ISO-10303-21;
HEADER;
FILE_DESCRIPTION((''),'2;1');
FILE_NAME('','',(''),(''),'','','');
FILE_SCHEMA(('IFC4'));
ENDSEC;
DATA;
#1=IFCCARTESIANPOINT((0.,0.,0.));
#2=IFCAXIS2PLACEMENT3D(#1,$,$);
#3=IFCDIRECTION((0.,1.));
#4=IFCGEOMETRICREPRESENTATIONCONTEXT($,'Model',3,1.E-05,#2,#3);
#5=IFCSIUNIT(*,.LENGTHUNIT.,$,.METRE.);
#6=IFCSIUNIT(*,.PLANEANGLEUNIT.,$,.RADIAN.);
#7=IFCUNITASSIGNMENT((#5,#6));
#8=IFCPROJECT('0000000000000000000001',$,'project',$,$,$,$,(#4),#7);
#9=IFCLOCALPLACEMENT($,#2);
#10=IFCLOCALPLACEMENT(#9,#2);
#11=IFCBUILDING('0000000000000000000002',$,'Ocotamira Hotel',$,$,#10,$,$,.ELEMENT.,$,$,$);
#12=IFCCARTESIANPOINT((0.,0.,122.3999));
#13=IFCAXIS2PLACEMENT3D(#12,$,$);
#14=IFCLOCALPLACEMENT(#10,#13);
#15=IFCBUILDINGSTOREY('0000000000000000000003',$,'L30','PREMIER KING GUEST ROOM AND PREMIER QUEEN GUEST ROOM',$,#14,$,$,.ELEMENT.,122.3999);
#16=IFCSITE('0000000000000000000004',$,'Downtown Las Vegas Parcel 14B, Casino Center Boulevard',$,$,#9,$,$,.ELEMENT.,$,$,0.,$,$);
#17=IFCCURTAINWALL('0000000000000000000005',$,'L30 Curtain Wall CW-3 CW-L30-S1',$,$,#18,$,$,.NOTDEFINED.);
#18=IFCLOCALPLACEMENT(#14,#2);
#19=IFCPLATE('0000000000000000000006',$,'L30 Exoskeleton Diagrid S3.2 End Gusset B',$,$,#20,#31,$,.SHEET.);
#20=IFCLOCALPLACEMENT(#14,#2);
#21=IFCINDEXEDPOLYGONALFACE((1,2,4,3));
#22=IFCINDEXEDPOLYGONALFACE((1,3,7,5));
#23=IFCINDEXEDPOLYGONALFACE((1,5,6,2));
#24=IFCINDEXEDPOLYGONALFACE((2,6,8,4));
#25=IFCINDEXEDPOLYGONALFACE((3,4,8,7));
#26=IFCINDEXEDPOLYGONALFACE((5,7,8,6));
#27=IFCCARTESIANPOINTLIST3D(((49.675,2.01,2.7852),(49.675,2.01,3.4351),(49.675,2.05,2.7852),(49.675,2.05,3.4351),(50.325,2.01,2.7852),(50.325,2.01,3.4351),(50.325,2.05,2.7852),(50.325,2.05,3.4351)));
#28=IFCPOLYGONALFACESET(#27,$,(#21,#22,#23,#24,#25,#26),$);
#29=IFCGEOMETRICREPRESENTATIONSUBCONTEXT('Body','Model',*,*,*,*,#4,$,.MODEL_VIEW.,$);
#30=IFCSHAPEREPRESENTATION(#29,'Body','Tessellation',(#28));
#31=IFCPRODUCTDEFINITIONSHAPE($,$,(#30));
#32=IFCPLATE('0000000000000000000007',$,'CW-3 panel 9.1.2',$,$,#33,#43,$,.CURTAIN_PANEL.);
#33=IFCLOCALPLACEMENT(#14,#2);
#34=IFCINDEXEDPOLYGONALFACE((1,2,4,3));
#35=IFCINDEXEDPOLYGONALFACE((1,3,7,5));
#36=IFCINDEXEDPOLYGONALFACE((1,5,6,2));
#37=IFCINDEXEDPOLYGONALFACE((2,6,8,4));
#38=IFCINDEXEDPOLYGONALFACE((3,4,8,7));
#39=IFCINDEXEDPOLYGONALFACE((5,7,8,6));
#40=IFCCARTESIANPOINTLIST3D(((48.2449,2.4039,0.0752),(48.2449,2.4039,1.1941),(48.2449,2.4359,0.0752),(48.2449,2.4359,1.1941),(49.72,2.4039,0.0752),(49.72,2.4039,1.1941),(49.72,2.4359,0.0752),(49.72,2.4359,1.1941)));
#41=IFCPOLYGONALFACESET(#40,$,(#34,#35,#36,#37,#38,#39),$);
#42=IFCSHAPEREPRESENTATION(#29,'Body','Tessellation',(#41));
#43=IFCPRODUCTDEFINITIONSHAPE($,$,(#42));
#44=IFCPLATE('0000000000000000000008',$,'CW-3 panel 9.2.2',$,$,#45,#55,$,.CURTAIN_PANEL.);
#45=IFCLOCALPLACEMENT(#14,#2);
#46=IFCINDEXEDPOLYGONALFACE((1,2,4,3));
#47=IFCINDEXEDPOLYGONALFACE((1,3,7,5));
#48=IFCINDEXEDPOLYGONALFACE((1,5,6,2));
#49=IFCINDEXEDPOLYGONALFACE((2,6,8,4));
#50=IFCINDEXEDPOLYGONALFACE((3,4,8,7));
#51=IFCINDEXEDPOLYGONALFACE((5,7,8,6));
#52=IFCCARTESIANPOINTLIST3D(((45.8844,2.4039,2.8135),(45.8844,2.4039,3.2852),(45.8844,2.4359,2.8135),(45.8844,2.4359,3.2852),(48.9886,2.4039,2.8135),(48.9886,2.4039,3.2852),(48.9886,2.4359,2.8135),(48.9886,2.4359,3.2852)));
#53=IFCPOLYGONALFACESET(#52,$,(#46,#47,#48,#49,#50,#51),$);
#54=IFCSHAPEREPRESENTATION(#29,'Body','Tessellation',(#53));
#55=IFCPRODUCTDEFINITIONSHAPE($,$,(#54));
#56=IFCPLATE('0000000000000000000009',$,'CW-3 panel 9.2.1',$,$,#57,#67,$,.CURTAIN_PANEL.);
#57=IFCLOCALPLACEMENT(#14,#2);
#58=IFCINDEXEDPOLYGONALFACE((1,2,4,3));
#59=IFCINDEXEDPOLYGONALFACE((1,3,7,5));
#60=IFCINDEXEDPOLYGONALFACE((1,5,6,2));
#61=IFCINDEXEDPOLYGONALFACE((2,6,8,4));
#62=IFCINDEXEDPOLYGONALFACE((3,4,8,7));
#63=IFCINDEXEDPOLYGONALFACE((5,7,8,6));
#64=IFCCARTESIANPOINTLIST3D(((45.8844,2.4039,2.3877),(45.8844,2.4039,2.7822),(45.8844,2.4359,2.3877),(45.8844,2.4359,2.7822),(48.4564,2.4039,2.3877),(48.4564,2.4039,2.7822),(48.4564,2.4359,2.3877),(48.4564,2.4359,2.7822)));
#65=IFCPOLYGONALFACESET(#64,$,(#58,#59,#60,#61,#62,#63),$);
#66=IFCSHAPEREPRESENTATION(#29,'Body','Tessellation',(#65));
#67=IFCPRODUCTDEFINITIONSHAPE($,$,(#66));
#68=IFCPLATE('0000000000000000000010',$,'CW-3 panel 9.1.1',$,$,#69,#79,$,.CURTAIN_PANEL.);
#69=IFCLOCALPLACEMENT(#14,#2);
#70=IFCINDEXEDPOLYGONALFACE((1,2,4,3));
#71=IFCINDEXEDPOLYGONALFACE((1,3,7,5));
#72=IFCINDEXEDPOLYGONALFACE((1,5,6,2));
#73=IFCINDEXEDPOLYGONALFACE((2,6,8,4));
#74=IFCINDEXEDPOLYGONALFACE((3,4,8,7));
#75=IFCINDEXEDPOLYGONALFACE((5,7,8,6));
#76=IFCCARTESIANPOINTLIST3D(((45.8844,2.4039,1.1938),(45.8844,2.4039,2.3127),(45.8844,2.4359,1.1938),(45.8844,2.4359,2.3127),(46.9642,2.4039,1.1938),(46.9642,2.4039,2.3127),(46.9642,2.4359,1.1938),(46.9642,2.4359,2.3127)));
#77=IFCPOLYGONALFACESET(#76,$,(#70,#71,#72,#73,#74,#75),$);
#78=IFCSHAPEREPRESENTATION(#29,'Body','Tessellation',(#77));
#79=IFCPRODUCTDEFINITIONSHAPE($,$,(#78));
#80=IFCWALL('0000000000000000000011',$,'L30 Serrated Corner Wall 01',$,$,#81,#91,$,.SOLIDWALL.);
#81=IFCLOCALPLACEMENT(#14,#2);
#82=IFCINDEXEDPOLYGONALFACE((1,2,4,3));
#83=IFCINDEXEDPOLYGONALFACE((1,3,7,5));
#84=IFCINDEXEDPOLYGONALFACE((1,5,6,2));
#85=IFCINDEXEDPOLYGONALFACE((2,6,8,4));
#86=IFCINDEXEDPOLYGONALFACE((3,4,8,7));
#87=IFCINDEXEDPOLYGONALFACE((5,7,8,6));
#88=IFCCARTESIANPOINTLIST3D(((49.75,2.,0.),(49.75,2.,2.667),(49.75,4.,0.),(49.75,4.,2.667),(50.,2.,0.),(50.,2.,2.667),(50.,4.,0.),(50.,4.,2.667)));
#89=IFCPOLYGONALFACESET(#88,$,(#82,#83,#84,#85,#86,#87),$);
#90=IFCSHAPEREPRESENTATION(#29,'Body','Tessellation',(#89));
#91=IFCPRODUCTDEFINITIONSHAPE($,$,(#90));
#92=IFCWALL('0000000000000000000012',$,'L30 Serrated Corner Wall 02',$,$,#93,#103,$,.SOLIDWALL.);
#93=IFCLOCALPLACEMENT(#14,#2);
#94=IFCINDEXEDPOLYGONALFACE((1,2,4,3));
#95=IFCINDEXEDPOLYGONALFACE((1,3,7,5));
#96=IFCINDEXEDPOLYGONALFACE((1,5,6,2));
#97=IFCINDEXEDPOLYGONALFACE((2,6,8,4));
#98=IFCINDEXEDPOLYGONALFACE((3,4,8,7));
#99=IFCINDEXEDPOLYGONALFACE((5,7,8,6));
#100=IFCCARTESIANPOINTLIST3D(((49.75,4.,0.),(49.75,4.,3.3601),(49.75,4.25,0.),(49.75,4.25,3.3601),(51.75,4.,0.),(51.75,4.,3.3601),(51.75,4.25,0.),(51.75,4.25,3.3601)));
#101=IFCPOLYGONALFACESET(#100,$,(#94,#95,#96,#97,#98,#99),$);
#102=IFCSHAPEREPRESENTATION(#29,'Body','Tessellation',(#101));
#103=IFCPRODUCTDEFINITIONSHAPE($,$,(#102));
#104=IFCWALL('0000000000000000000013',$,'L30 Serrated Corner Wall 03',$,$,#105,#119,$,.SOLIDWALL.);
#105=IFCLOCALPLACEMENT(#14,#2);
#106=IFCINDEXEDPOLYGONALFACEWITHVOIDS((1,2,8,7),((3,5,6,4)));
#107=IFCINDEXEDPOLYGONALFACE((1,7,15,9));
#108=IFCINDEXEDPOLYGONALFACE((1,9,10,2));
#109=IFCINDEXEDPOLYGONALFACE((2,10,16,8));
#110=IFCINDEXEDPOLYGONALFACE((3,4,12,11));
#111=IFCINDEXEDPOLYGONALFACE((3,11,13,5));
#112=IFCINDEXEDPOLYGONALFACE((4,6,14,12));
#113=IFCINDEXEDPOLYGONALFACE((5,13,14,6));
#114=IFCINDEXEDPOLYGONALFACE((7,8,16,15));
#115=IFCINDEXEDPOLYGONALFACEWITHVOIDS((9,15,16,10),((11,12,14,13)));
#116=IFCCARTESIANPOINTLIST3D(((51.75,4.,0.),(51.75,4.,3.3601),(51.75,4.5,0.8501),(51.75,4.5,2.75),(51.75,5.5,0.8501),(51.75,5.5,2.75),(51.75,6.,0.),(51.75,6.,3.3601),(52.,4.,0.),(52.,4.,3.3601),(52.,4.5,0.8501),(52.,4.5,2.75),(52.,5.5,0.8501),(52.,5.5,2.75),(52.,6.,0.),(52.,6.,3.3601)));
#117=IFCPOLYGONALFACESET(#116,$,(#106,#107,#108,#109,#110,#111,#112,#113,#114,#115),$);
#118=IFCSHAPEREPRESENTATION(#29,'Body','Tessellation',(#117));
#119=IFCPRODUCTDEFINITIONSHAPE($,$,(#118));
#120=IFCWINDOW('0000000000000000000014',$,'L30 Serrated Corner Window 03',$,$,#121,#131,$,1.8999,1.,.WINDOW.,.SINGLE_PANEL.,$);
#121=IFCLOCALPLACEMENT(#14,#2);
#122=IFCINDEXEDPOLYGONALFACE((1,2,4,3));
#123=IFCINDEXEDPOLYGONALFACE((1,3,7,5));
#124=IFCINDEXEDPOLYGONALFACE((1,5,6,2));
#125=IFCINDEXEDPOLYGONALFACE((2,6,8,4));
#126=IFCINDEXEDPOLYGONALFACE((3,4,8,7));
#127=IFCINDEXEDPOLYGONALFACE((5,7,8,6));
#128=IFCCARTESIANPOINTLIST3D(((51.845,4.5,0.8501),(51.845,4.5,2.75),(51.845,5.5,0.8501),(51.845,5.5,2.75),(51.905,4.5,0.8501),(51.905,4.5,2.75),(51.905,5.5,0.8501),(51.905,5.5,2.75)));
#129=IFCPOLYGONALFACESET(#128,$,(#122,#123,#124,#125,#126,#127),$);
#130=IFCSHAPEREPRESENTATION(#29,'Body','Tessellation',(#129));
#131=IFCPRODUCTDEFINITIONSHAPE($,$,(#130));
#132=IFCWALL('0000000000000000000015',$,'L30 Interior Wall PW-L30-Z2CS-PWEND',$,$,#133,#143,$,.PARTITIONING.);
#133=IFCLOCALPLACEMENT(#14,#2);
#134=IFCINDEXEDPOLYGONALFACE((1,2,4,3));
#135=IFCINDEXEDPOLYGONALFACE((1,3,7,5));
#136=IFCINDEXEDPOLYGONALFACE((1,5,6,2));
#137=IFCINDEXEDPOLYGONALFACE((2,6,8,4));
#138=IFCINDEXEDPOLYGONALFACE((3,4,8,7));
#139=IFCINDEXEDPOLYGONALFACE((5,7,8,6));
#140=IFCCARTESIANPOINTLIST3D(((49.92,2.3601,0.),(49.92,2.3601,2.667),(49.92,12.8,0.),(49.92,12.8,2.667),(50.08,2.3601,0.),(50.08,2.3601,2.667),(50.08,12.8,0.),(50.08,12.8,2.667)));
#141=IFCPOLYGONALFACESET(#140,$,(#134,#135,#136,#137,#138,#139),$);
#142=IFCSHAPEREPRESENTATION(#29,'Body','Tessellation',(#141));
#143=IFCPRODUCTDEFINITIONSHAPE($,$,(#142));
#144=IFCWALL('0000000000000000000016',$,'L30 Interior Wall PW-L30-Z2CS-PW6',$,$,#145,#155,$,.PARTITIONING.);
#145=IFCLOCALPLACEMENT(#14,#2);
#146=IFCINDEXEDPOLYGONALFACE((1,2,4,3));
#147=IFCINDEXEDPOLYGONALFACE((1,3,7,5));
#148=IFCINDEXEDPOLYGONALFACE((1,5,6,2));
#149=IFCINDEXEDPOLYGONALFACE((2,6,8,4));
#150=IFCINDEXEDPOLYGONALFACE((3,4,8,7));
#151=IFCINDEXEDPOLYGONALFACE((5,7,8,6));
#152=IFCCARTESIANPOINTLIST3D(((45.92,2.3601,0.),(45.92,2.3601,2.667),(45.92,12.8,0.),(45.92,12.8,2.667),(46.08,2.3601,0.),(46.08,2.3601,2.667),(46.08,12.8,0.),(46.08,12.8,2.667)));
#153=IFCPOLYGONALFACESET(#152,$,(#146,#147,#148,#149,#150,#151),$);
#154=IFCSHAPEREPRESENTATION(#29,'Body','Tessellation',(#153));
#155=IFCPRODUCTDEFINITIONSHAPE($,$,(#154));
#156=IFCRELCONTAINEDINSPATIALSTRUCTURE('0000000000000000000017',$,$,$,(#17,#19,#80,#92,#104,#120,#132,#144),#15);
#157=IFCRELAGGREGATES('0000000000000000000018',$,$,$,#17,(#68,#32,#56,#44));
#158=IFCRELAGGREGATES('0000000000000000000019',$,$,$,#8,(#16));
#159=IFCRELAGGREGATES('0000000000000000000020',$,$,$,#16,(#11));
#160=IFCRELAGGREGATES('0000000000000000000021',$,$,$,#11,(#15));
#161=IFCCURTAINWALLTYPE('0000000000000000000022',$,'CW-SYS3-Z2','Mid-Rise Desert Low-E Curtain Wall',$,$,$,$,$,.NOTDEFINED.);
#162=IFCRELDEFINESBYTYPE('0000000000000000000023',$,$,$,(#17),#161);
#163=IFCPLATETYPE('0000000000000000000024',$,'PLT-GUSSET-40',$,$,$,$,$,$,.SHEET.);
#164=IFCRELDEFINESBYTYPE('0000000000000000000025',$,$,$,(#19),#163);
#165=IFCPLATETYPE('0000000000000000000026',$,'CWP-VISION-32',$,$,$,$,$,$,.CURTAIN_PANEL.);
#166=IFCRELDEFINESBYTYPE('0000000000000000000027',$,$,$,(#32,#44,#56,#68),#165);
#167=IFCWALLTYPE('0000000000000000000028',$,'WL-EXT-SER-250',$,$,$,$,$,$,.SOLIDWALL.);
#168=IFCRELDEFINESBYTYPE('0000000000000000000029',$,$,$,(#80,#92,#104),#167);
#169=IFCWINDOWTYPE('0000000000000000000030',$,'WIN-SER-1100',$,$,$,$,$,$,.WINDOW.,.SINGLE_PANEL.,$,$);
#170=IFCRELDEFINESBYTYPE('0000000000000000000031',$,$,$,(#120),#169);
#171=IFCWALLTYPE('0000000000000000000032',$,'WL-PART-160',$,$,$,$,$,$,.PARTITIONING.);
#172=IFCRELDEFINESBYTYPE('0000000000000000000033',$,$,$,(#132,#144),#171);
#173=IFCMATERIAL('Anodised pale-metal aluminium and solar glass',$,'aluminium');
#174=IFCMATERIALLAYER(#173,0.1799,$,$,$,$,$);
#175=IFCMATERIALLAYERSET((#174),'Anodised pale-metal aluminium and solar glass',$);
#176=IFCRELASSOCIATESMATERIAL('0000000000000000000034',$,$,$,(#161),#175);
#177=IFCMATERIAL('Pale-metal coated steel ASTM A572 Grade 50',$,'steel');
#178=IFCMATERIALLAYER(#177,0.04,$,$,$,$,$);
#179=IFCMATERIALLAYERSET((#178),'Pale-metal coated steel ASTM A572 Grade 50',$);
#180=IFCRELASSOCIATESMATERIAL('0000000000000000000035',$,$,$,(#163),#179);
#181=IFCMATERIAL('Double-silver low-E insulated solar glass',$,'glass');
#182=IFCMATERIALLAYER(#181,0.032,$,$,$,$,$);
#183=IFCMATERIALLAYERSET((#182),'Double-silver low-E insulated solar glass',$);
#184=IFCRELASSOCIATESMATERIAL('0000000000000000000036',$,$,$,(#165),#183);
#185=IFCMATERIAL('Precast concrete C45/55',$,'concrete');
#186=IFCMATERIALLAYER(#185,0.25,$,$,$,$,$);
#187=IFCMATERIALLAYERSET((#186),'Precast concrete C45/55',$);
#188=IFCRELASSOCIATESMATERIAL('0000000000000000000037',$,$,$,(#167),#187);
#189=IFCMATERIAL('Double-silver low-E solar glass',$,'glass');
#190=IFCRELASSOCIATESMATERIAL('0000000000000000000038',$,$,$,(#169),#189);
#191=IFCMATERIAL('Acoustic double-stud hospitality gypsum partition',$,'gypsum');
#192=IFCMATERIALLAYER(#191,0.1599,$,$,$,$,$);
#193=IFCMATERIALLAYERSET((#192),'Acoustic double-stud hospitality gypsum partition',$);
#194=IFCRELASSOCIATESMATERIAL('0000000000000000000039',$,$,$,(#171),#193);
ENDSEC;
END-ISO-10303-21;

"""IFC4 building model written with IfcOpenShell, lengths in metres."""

from ifc_helpers import new_model, si_unit, direction, frame, frame_2d, origin, origin_2d, place, context, subcontext, project, spatial, rectangle, extrude, source, transform, mapped, material, layer, layer_set, type_object, element, fill, aggregate, save


model = new_model("IFC4")

# Units and contexts
model_context = context("Model", 3, precision=1e-05, world=origin(), true_north=direction((0.0, 1.0)))
body_context = subcontext(model_context, "Body", "Model", "MODEL_VIEW")
ifc_project = project(units=[si_unit("LENGTHUNIT", "METRE"), si_unit("PLANEANGLEUNIT", "RADIAN")], contexts=[model_context])

# Site, building, storey
site_placement = place(None, origin())
site = spatial("IfcSite", under=ifc_project, at=site_placement, Name="Downtown Las Vegas Parcel 14B, Casino Center Boulevard", CompositionType="ELEMENT", RefElevation=0.0)
building_placement = place(site_placement, origin())
building = spatial("IfcBuilding", under=site, at=building_placement, Name="Ocotamira Hotel", CompositionType="ELEMENT")
storey_placement = place(building_placement, frame((0.0, 0.0, 122.3999)))
storey = spatial("IfcBuildingStorey", under=building, at=storey_placement, Name="L30", Description="PREMIER KING GUEST ROOM AND PREMIER QUEEN GUEST ROOM", CompositionType="ELEMENT", Elevation=122.3999)

# Curtain wall
ifc_material_1 = material(Name="Anodised pale-metal aluminium and solar glass", Category="aluminium")
ifc_layer_1 = layer(ifc_material_1, 0.1799)
ifc_layer_set_1 = layer_set([ifc_layer_1], Name="Anodised pale-metal aluminium and solar glass")
curtain_wall_type = type_object("IfcCurtainWallType", Name="CW-SYS3-Z2", Description="Mid-Rise Desert Low-E Curtain Wall", PredefinedType="NOTDEFINED", material=ifc_layer_set_1)
curtain_wall_placement = place(storey_placement, origin())
curtain_wall = element("IfcCurtainWall", 1, at=curtain_wall_placement, inside=storey, type_object=curtain_wall_type, Name="L30 Curtain Wall CW-3 CW-L30-S1", PredefinedType="NOTDEFINED")

# Plates
ifc_material_2 = material(Name="Pale-metal coated steel ASTM A572 Grade 50", Category="steel")
ifc_layer_2 = layer(ifc_material_2, 0.04)
ifc_layer_set_2 = layer_set([ifc_layer_2], Name="Pale-metal coated steel ASTM A572 Grade 50")
plate_type_1 = type_object("IfcPlateType", Name="PLT-GUSSET-40", PredefinedType="SHEET", material=ifc_layer_set_2)
shared_shape_1 = source(origin(), body_context, "Body", "SweptSolid", [
    extrude(rectangle(XDim=0.6499, YDim=0.04, at=origin_2d()), origin(), (0.0, 0.0, 1.0), 0.6499),
])
plate_1_placement = place(storey_placement, frame((50.0, 2.03, 2.7852), z_axis=(0.0, 0.0, 1.0), x_axis=(1.0, 0.0, 0.0)))
element("IfcPlate", 2, at=plate_1_placement, inside=storey, type_object=plate_type_1, Name="L30 Exoskeleton Diagrid S3.2 End Gusset B", PredefinedType="SHEET", context=body_context, shape_type="MappedRepresentation", body=[
    mapped(shared_shape_1, transform((0.0, 0.0, 0.0), scale=1.0)),
])
ifc_material_3 = material(Name="Double-silver low-E insulated solar glass", Category="glass")
ifc_layer_3 = layer(ifc_material_3, 0.032)
ifc_layer_set_3 = layer_set([ifc_layer_3], Name="Double-silver low-E insulated solar glass")
plate_type_2 = type_object("IfcPlateType", Name="CWP-VISION-32", PredefinedType="CURTAIN_PANEL", material=ifc_layer_set_3)
shared_shape_2 = source(origin(), body_context, "Body", "SweptSolid", [
    extrude(rectangle(XDim=1.4751, YDim=0.032, at=origin_2d()), origin(), (0.0, 0.0, 1.0), 1.1189),
])
plate_2_placement = place(storey_placement, frame((48.9824, 2.4199, 0.0752), z_axis=(0.0, 0.0, 1.0), x_axis=(1.0, 0.0, 0.0)))
plate_2 = element("IfcPlate", 3, at=plate_2_placement, type_object=plate_type_2, Name="CW-3 panel 9.1.2", PredefinedType="CURTAIN_PANEL", context=body_context, shape_type="MappedRepresentation", body=[
    mapped(shared_shape_2, transform((0.0, 0.0, 0.0), scale=1.0)),
])
shared_shape_3 = source(origin(), body_context, "Body", "SweptSolid", [
    extrude(rectangle(XDim=3.1042, YDim=0.032, at=origin_2d()), origin(), (0.0, 0.0, 1.0), 0.4717),
])
plate_3_placement = place(storey_placement, frame((47.4365, 2.4199, 2.8135), z_axis=(0.0, 0.0, 1.0), x_axis=(1.0, 0.0, 0.0)))
plate_3 = element("IfcPlate", 4, at=plate_3_placement, type_object=plate_type_2, Name="CW-3 panel 9.2.2", PredefinedType="CURTAIN_PANEL", context=body_context, shape_type="MappedRepresentation", body=[
    mapped(shared_shape_3, transform((0.0, 0.0, 0.0), scale=1.0)),
])
shared_shape_4 = source(origin(), body_context, "Body", "SweptSolid", [
    extrude(rectangle(XDim=2.572, YDim=0.032, at=origin_2d()), origin(), (0.0, 0.0, 1.0), 0.3945),
])
plate_4_placement = place(storey_placement, frame((47.1704, 2.4199, 2.3877), z_axis=(0.0, 0.0, 1.0), x_axis=(1.0, 0.0, 0.0)))
plate_4 = element("IfcPlate", 5, at=plate_4_placement, type_object=plate_type_2, Name="CW-3 panel 9.2.1", PredefinedType="CURTAIN_PANEL", context=body_context, shape_type="MappedRepresentation", body=[
    mapped(shared_shape_4, transform((0.0, 0.0, 0.0), scale=1.0)),
])
shared_shape_5 = source(origin(), body_context, "Body", "SweptSolid", [
    extrude(rectangle(XDim=1.0798, YDim=0.032, at=origin_2d()), origin(), (0.0, 0.0, 1.0), 1.1189),
])
plate_5_placement = place(storey_placement, frame((46.4243, 2.4199, 1.1938), z_axis=(0.0, 0.0, 1.0), x_axis=(1.0, 0.0, 0.0)))
plate_5 = element("IfcPlate", 6, at=plate_5_placement, type_object=plate_type_2, Name="CW-3 panel 9.1.1", PredefinedType="CURTAIN_PANEL", context=body_context, shape_type="MappedRepresentation", body=[
    mapped(shared_shape_5, transform((0.0, 0.0, 0.0), scale=1.0)),
])
aggregate(curtain_wall, [plate_5, plate_2, plate_4, plate_3])

# Walls
ifc_material_4 = material(Name="Precast concrete C45/55", Category="concrete")
ifc_layer_4 = layer(ifc_material_4, 0.25)
ifc_layer_set_4 = layer_set([ifc_layer_4], Name="Precast concrete C45/55")
wall_type_1 = type_object("IfcWallType", Name="WL-EXT-SER-250", PredefinedType="SOLIDWALL", material=ifc_layer_set_4)
wall_1_placement = place(storey_placement, frame((49.875, 2.0, 0.0), z_axis=(0.0, 0.0, 1.0), x_axis=(0.0, 1.0, 0.0)))
element("IfcWall", 7, at=wall_1_placement, inside=storey, type_object=wall_type_1, Name="L30 Serrated Corner Wall 01", PredefinedType="SOLIDWALL", context=body_context, shape_type="SweptSolid", body=[
    extrude(rectangle(XDim=2.0, YDim=0.25, at=frame_2d((1.0, 0.0))), origin(), (0.0, 0.0, 1.0), 2.667),
])
wall_2_placement = place(storey_placement, frame((49.75, 4.125, 0.0), z_axis=(0.0, 0.0, 1.0), x_axis=(1.0, 0.0, 0.0)))
element("IfcWall", 8, at=wall_2_placement, inside=storey, type_object=wall_type_1, Name="L30 Serrated Corner Wall 02", PredefinedType="SOLIDWALL", context=body_context, shape_type="SweptSolid", body=[
    extrude(rectangle(XDim=2.0, YDim=0.25, at=frame_2d((1.0, 0.0))), origin(), (0.0, 0.0, 1.0), 3.3601),
])

# Wall, opening, window
wall_3_placement = place(storey_placement, frame((51.875, 4.0, 0.0), z_axis=(0.0, 0.0, 1.0), x_axis=(0.0, 1.0, 0.0)))
wall_3 = element("IfcWall", 9, at=wall_3_placement, inside=storey, type_object=wall_type_1, Name="L30 Serrated Corner Wall 03", PredefinedType="SOLIDWALL", context=body_context, shape_type="SweptSolid", body=[
    extrude(rectangle(XDim=2.0, YDim=0.25, at=frame_2d((1.0, 0.0))), origin(), (0.0, 0.0, 1.0), 3.3601),
])
opening_placement = place(wall_3_placement, frame((0.5, 0.0, 0.8501)))
opening = element("IfcOpeningElement", 10, at=opening_placement, cuts=wall_3, PredefinedType="OPENING", context=body_context, shape_type="SweptSolid", body=[
    extrude(rectangle(XDim=1.0, YDim=1.8999, at=frame_2d((0.5, 0.95))), frame((0.0, 0.135, 0.0), z_axis=(0.0, -1.0, 0.0), x_axis=(1.0, 0.0, 0.0)), (0.0, 0.0, 1.0), 0.27),
])
ifc_material_5 = material(Name="Double-silver low-E solar glass", Category="glass")
window_type = type_object("IfcWindowType", Name="WIN-SER-1100", PartitioningType="SINGLE_PANEL", PredefinedType="WINDOW", material=ifc_material_5)
shared_shape_6 = source(origin(), body_context, "Body", "SweptSolid", [
    extrude(rectangle(XDim=1.0, YDim=1.8999, at=frame_2d((0.5, 0.95))), frame((0.0, 0.03, 0.0), z_axis=(0.0, -1.0, 0.0), x_axis=(1.0, 0.0, 0.0)), (0.0, 0.0, 1.0), 0.0601),
])
window_placement = place(opening_placement, origin())
window = element("IfcWindow", 11, at=window_placement, inside=storey, type_object=window_type, Name="L30 Serrated Corner Window 03", OverallHeight=1.8999, OverallWidth=1.0, PartitioningType="SINGLE_PANEL", PredefinedType="WINDOW", context=body_context, shape_type="MappedRepresentation", body=[
    mapped(shared_shape_6, transform((0.0, 0.0, 0.0), scale=1.0)),
])
fill(opening, window)

# Walls
ifc_material_6 = material(Name="Acoustic double-stud hospitality gypsum partition", Category="gypsum")
ifc_layer_5 = layer(ifc_material_6, 0.1599)
ifc_layer_set_5 = layer_set([ifc_layer_5], Name="Acoustic double-stud hospitality gypsum partition")
wall_type_2 = type_object("IfcWallType", Name="WL-PART-160", PredefinedType="PARTITIONING", material=ifc_layer_set_5)
for number, where, z_axis, x_axis, name in (
    (12, (50.0, 2.3601, 0.0), (0.0, 0.0, 1.0), (0.0, 1.0, 0.0), "L30 Interior Wall PW-L30-Z2CS-PWEND"),
    (13, (46.0, 2.3601, 0.0), (0.0, 0.0, 1.0), (0.0, 1.0, 0.0), "L30 Interior Wall PW-L30-Z2CS-PW6"),
):
    element("IfcWall", number, at=place(storey_placement, frame(where, z_axis=z_axis, x_axis=x_axis)), inside=storey, type_object=wall_type_2, Name=name, PredefinedType="PARTITIONING", context=body_context, shape_type="SweptSolid", body=[
        extrude(rectangle(XDim=10.4399, YDim=0.1599, at=frame_2d((5.22, 0.0))), origin(), (0.0, 0.0, 1.0), 2.667),
    ])

save(model, "model.ifc")
